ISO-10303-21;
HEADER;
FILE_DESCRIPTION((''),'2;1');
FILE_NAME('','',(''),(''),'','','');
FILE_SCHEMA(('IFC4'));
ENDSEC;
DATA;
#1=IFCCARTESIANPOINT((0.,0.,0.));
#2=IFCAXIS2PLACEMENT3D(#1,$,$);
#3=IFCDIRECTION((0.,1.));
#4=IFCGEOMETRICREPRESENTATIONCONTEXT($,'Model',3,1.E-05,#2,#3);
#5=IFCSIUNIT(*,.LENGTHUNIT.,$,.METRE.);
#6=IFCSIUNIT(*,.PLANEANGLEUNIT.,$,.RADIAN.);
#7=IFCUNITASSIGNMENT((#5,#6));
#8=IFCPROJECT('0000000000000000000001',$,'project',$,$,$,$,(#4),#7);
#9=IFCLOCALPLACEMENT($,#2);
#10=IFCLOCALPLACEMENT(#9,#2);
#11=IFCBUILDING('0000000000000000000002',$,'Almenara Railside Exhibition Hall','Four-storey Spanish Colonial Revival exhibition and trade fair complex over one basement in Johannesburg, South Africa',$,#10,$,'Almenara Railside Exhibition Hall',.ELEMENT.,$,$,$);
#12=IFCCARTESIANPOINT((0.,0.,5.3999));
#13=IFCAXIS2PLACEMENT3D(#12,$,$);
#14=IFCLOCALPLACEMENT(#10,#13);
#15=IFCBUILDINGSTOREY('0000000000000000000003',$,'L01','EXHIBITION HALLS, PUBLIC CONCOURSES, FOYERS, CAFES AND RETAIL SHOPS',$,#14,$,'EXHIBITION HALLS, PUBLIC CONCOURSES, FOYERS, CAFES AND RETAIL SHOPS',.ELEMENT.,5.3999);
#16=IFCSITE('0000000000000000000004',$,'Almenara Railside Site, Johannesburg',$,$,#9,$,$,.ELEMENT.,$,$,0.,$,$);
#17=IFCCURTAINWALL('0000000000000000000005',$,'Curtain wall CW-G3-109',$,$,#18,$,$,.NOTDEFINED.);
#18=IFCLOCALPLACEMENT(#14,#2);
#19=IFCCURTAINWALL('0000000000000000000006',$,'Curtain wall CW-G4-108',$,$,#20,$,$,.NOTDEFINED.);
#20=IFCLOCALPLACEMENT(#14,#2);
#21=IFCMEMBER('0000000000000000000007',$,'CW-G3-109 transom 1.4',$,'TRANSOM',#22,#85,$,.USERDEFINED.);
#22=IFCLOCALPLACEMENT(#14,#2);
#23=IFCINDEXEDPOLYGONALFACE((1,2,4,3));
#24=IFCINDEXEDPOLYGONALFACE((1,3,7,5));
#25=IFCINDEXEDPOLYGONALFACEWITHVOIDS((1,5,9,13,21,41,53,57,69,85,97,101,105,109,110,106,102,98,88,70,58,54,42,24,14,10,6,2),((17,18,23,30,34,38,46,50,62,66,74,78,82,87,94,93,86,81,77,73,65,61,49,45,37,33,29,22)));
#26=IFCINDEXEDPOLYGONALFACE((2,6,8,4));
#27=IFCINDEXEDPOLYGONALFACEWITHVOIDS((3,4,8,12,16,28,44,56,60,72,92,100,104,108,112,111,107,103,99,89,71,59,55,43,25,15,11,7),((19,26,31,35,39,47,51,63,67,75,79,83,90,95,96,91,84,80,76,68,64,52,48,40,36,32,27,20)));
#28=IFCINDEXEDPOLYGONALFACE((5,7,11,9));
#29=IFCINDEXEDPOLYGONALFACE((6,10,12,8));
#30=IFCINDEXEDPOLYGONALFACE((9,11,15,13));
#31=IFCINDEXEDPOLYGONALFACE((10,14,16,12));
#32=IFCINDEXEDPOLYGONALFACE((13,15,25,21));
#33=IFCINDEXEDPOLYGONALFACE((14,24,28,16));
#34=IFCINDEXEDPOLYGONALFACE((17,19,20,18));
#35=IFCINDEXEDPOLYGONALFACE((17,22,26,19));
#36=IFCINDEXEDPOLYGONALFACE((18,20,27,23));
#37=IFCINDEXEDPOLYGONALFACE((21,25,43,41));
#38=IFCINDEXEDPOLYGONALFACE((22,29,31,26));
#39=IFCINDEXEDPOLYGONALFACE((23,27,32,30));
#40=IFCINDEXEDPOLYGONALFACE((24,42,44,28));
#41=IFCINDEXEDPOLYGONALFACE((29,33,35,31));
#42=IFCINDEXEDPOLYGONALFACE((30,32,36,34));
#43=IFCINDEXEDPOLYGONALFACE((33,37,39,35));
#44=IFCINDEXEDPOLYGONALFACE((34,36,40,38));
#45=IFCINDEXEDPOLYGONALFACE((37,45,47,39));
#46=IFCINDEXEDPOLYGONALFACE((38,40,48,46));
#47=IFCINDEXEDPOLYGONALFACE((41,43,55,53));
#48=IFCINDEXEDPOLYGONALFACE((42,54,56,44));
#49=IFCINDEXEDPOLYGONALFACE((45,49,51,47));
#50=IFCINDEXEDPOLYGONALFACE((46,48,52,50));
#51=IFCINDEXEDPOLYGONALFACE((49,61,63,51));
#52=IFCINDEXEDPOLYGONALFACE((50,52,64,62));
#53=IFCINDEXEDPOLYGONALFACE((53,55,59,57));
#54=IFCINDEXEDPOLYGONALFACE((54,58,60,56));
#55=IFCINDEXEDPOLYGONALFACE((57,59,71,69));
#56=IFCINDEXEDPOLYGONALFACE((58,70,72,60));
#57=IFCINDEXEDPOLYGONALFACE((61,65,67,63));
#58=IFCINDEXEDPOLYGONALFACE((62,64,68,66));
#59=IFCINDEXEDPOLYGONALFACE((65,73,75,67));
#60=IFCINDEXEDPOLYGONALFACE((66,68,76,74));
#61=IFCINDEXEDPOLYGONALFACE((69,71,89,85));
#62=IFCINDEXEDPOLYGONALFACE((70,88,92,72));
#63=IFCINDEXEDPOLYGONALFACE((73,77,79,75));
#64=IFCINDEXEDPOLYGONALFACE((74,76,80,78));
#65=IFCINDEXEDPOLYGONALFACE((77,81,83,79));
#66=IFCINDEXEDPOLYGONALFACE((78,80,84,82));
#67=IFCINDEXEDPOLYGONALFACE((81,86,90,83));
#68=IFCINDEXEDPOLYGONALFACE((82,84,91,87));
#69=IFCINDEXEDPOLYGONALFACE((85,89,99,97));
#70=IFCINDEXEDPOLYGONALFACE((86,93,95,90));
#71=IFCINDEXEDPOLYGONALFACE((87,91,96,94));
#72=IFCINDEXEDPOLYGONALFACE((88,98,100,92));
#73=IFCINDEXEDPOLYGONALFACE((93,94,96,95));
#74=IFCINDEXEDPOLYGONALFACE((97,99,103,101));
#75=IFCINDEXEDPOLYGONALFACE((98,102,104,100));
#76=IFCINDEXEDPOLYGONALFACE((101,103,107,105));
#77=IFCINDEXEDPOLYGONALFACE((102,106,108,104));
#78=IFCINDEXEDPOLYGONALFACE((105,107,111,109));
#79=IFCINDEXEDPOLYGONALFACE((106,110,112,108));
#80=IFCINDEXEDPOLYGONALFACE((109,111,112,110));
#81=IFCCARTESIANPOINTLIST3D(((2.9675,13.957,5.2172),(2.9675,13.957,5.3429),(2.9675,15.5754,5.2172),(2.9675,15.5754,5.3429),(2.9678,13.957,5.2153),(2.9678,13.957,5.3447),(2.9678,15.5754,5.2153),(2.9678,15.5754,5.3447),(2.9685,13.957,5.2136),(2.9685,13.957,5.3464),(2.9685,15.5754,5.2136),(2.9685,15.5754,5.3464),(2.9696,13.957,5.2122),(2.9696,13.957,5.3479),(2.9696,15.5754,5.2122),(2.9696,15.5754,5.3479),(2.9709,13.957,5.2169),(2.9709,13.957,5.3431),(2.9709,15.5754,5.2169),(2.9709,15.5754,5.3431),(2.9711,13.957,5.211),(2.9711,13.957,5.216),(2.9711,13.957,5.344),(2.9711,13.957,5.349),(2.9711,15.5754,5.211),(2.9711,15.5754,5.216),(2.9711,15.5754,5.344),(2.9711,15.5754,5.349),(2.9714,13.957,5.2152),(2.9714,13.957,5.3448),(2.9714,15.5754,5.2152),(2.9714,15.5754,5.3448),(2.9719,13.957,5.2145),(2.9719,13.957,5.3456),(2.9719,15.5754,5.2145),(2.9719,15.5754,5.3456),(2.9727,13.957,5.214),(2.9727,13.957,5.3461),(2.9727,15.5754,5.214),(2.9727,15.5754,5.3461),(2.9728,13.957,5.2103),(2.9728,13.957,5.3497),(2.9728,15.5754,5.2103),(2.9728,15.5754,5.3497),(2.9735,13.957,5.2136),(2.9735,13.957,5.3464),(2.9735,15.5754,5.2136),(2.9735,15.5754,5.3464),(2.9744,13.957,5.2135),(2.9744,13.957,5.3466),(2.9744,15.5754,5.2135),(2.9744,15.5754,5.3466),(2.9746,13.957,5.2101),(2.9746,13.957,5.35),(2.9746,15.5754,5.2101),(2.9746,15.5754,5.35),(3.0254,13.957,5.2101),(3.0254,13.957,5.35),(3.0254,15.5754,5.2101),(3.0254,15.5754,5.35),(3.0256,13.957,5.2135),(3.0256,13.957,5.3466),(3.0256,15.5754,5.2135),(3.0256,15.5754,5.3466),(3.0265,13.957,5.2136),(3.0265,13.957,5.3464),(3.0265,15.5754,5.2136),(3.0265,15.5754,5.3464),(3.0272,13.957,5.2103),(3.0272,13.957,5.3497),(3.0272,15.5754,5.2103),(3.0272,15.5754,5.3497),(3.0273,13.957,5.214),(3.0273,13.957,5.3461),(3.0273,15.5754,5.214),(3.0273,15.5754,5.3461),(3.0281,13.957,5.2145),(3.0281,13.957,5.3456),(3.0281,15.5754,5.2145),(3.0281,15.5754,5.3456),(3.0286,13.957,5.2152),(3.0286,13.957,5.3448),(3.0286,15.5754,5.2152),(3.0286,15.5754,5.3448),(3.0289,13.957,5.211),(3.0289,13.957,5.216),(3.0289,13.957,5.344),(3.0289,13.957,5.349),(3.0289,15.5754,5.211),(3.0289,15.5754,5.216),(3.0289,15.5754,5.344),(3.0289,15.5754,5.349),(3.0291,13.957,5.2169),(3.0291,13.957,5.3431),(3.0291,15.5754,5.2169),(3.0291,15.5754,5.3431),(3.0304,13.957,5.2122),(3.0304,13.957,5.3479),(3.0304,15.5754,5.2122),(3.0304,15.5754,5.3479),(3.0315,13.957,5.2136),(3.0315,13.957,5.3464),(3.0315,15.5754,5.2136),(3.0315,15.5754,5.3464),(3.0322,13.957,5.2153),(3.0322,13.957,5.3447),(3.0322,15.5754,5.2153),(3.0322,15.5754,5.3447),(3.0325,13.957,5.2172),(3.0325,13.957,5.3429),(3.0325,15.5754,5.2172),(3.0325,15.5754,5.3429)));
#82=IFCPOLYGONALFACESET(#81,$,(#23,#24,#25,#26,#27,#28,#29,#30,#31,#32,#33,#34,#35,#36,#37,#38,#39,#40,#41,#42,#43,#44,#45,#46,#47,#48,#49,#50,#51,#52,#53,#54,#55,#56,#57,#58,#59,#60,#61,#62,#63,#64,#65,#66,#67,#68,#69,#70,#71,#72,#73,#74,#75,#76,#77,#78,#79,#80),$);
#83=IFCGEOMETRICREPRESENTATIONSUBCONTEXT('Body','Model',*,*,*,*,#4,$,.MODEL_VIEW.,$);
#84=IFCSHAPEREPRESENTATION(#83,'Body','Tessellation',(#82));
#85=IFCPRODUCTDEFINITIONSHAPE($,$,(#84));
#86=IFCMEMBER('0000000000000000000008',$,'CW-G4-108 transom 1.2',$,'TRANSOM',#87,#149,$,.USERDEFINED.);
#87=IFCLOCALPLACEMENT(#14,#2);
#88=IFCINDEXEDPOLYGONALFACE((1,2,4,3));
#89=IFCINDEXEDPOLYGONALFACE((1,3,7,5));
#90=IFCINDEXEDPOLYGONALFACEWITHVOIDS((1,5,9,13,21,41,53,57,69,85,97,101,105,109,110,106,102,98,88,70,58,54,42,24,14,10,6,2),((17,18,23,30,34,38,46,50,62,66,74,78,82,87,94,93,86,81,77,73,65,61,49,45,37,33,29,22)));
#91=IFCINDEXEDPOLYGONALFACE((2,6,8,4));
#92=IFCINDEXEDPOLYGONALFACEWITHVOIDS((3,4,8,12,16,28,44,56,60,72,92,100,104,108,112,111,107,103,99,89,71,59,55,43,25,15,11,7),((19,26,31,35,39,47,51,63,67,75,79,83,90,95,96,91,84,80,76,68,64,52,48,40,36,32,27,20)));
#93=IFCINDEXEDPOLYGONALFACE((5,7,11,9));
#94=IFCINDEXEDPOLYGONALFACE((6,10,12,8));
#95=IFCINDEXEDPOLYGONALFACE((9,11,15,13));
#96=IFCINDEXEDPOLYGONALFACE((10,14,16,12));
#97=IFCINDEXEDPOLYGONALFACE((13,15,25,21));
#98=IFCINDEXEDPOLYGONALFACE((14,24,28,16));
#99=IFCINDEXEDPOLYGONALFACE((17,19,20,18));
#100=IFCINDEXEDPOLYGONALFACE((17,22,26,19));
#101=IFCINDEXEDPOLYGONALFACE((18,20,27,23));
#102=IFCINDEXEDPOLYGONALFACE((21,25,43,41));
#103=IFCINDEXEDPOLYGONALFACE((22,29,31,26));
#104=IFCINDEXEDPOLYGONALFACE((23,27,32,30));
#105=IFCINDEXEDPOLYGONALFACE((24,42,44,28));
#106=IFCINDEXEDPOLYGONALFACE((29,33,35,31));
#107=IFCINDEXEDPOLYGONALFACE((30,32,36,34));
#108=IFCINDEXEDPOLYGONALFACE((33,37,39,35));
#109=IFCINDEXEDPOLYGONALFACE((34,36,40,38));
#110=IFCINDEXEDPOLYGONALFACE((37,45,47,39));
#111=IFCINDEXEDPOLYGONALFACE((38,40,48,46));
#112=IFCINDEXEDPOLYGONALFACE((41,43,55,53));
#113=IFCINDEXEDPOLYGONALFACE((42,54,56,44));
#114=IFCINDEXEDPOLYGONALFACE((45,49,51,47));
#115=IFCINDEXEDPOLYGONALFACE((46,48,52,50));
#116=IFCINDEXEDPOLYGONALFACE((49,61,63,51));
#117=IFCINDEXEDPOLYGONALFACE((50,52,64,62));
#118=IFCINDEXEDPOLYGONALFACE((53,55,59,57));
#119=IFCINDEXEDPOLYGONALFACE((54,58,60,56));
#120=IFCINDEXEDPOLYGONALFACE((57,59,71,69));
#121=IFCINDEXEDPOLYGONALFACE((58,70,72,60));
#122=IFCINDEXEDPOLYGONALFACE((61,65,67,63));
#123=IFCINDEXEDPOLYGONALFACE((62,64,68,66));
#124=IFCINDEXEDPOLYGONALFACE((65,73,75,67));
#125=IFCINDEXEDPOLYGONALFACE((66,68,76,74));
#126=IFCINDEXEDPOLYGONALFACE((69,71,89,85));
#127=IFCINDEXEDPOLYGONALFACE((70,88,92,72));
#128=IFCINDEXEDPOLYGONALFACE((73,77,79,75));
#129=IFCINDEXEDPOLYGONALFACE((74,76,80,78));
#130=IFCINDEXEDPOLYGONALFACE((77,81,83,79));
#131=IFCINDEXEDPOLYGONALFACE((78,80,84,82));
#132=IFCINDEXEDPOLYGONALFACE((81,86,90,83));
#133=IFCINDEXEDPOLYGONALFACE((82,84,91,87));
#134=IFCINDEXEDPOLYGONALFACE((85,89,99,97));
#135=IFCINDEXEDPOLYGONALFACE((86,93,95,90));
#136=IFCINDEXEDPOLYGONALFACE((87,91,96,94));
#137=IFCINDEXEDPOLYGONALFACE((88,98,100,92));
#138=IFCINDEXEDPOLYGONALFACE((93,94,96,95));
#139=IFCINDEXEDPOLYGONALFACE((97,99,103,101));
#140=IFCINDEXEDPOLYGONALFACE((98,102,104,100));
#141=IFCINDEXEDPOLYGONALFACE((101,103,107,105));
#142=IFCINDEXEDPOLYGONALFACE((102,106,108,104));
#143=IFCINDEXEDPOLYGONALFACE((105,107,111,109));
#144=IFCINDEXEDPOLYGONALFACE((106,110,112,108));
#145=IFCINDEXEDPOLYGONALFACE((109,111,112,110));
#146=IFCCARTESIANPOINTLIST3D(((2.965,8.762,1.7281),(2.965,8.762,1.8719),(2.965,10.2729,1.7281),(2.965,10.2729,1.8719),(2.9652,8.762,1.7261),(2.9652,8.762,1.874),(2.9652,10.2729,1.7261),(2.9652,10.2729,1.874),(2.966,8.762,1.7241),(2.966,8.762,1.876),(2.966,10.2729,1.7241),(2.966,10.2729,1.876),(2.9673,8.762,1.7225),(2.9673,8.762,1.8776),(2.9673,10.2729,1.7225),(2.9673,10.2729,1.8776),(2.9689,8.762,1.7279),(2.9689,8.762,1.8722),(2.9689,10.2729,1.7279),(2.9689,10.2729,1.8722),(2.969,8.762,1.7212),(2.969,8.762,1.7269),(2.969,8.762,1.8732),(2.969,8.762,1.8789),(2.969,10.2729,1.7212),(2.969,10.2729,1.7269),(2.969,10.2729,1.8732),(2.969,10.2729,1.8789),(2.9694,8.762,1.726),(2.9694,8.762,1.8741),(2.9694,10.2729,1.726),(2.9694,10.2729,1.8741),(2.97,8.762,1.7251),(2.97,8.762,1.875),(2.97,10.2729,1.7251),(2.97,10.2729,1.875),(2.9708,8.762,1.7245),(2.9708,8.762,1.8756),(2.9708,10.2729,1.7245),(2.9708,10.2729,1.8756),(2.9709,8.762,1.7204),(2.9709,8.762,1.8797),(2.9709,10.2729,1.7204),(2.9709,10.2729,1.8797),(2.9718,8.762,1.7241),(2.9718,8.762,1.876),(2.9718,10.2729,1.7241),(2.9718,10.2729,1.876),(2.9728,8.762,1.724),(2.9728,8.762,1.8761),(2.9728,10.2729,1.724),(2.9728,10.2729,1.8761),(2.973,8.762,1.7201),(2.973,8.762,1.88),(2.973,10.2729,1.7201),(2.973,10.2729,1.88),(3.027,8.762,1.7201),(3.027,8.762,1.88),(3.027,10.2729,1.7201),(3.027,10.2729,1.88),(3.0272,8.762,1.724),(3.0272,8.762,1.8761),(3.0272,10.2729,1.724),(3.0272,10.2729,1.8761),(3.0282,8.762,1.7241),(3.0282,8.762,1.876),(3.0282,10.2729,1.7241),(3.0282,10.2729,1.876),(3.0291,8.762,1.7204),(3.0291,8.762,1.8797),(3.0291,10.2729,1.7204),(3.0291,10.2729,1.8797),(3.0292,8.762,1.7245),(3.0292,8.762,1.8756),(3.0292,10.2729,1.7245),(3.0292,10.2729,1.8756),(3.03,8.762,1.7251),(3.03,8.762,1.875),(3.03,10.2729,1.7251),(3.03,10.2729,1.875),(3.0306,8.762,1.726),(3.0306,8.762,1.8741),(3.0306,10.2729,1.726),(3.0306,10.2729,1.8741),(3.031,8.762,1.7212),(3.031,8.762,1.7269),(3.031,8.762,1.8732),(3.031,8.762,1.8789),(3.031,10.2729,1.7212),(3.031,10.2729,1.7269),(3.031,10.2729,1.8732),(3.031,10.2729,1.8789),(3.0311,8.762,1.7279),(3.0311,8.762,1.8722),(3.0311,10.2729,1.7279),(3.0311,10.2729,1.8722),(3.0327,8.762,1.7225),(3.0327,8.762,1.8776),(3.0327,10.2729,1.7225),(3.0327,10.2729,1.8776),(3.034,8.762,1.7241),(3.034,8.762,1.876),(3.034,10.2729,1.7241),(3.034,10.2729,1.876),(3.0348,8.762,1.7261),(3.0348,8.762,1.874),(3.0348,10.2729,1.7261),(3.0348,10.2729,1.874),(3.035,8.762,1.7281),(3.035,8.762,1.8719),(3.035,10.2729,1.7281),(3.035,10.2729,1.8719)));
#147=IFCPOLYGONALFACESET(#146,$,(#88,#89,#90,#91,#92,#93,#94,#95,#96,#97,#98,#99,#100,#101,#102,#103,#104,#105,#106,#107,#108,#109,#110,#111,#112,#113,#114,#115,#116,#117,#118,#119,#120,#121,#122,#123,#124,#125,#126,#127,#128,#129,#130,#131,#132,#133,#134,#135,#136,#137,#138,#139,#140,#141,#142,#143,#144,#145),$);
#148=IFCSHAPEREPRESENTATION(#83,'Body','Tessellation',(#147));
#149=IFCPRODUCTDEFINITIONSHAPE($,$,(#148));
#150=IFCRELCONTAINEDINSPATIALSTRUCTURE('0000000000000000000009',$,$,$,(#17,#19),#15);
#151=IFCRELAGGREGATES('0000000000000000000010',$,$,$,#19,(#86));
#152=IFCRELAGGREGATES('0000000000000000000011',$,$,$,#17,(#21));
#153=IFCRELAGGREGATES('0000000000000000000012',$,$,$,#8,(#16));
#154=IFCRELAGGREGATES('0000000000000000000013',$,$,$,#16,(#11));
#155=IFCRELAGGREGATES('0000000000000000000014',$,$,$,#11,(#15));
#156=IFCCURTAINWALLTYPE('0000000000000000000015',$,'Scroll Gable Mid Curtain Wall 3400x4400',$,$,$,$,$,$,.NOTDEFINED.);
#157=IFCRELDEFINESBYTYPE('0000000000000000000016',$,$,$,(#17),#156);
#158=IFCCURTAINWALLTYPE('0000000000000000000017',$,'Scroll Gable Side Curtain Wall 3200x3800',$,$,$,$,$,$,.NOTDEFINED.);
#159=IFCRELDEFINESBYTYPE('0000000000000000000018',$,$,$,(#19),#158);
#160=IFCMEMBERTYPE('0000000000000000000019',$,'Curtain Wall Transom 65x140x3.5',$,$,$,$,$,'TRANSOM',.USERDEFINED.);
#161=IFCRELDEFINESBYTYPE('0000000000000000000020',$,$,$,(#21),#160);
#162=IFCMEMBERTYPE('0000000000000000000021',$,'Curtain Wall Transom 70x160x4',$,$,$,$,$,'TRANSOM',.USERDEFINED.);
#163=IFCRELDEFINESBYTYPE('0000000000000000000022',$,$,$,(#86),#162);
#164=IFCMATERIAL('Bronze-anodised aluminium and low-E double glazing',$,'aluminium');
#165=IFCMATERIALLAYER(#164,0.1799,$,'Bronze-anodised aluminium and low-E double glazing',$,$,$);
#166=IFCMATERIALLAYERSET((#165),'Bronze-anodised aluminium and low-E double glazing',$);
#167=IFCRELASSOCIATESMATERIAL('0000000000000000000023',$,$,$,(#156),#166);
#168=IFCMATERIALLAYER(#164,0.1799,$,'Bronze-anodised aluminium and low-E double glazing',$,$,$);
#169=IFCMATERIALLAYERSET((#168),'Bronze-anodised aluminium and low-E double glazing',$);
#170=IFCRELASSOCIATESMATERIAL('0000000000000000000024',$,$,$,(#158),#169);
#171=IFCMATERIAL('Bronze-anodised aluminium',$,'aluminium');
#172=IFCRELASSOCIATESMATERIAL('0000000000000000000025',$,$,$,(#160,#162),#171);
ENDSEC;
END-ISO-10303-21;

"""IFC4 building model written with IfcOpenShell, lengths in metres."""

from ifc_helpers import new_model, si_unit, direction, frame, origin, origin_2d, place, context, subcontext, project, spatial, hollow_rectangle, extrude, material, layer, layer_set, material_profile, profile_set, type_object, element, aggregate, save


model = new_model("IFC4")

# Units and contexts
model_context = context("Model", 3, precision=1e-05, world=origin(), true_north=direction((0.0, 1.0)))
body_context = subcontext(model_context, "Body", "Model", "MODEL_VIEW")
ifc_project = project(units=[si_unit("LENGTHUNIT", "METRE"), si_unit("PLANEANGLEUNIT", "RADIAN")], contexts=[model_context])

# Site, building, storey
site_placement = place(None, origin())
site = spatial("IfcSite", under=ifc_project, at=site_placement, Name="Almenara Railside Site, Johannesburg", CompositionType="ELEMENT", RefElevation=0.0)
building_placement = place(site_placement, origin())
building = spatial("IfcBuilding", under=site, at=building_placement, Name="Almenara Railside Exhibition Hall", Description="Four-storey Spanish Colonial Revival exhibition and trade fair complex over one basement in Johannesburg, South Africa", LongName="Almenara Railside Exhibition Hall", CompositionType="ELEMENT")
storey_placement = place(building_placement, frame((0.0, 0.0, 5.3999)))
storey = spatial("IfcBuildingStorey", under=building, at=storey_placement, Name="L01", Description="EXHIBITION HALLS, PUBLIC CONCOURSES, FOYERS, CAFES AND RETAIL SHOPS", LongName="EXHIBITION HALLS, PUBLIC CONCOURSES, FOYERS, CAFES AND RETAIL SHOPS", CompositionType="ELEMENT", Elevation=5.3999)

# Curtain wall
ifc_material_1 = material(Name="Bronze-anodised aluminium and low-E double glazing", Category="aluminium")
ifc_layer_1 = layer(ifc_material_1, 0.1799, Name="Bronze-anodised aluminium and low-E double glazing")
ifc_layer_set_1 = layer_set([ifc_layer_1], Name="Bronze-anodised aluminium and low-E double glazing")
curtain_wall_type_1 = type_object("IfcCurtainWallType", Name="Scroll Gable Mid Curtain Wall 3400x4400", PredefinedType="NOTDEFINED", material=ifc_layer_set_1)
curtain_wall_1_placement = place(storey_placement, origin())
curtain_wall_1 = element("IfcCurtainWall", 1, at=curtain_wall_1_placement, inside=storey, type_object=curtain_wall_type_1, Name="Curtain wall CW-G3-109", PredefinedType="NOTDEFINED")
ifc_material_2 = material(Name="Bronze-anodised aluminium", Category="aluminium")

# Curtain wall
ifc_layer_2 = layer(ifc_material_1, 0.1799, Name="Bronze-anodised aluminium and low-E double glazing")
ifc_layer_set_2 = layer_set([ifc_layer_2], Name="Bronze-anodised aluminium and low-E double glazing")
curtain_wall_type_2 = type_object("IfcCurtainWallType", Name="Scroll Gable Side Curtain Wall 3200x3800", PredefinedType="NOTDEFINED", material=ifc_layer_set_2)
curtain_wall_2_placement = place(storey_placement, origin())
curtain_wall_2 = element("IfcCurtainWall", 2, at=curtain_wall_2_placement, inside=storey, type_object=curtain_wall_type_2, Name="Curtain wall CW-G4-108", PredefinedType="NOTDEFINED")

# Members
ifc_material_profile_1 = material_profile(ifc_material_2, hollow_rectangle(XDim=0.0649, YDim=0.1399, WallThickness=0.0034, InnerFilletRadius=0.0034, OuterFilletRadius=0.0071, at=origin_2d()), Name="ALU-TRN 65x140x3.5")
ifc_profile_set_1 = profile_set([ifc_material_profile_1], Name="Bronze-anodised aluminium")
member_type_1 = type_object("IfcMemberType", Name="Curtain Wall Transom 65x140x3.5", ElementType="TRANSOM", PredefinedType="USERDEFINED", material=ifc_profile_set_1)
member_1_placement = place(storey_placement, frame((3.0, 13.957, 5.28), z_axis=(0.0, 1.0, 0.0), x_axis=(-1.0, 0.0, 0.0)))
member_1 = element("IfcMember", 3, at=member_1_placement, type_object=member_type_1, Name="CW-G3-109 transom 1.4", ObjectType="TRANSOM", PredefinedType="USERDEFINED", context=body_context, shape_type="SweptSolid", body=[
    extrude(hollow_rectangle(XDim=0.0649, YDim=0.1399, WallThickness=0.0034, InnerFilletRadius=0.0034, OuterFilletRadius=0.0071, at=origin_2d()), origin(), (0.0, 0.0, 1.0), 1.6184),
])
ifc_material_profile_2 = material_profile(ifc_material_2, hollow_rectangle(XDim=0.0701, YDim=0.1599, WallThickness=0.0039, InnerFilletRadius=0.0039, OuterFilletRadius=0.0081, at=origin_2d()), Name="ALU-TRN 70x160x4")
ifc_profile_set_2 = profile_set([ifc_material_profile_2], Name="Bronze-anodised aluminium")
member_type_2 = type_object("IfcMemberType", Name="Curtain Wall Transom 70x160x4", ElementType="TRANSOM", PredefinedType="USERDEFINED", material=ifc_profile_set_2)
member_2_placement = place(storey_placement, frame((3.0, 8.762, 1.8), z_axis=(0.0, 1.0, 0.0), x_axis=(-1.0, 0.0, 0.0)))
member_2 = element("IfcMember", 4, at=member_2_placement, type_object=member_type_2, Name="CW-G4-108 transom 1.2", ObjectType="TRANSOM", PredefinedType="USERDEFINED", context=body_context, shape_type="SweptSolid", body=[
    extrude(hollow_rectangle(XDim=0.0701, YDim=0.1599, WallThickness=0.0039, InnerFilletRadius=0.0039, OuterFilletRadius=0.0081, at=origin_2d()), origin(), (0.0, 0.0, 1.0), 1.511),
])

aggregate(curtain_wall_2, [member_2])
aggregate(curtain_wall_1, [member_1])

save(model, "model.ifc")
